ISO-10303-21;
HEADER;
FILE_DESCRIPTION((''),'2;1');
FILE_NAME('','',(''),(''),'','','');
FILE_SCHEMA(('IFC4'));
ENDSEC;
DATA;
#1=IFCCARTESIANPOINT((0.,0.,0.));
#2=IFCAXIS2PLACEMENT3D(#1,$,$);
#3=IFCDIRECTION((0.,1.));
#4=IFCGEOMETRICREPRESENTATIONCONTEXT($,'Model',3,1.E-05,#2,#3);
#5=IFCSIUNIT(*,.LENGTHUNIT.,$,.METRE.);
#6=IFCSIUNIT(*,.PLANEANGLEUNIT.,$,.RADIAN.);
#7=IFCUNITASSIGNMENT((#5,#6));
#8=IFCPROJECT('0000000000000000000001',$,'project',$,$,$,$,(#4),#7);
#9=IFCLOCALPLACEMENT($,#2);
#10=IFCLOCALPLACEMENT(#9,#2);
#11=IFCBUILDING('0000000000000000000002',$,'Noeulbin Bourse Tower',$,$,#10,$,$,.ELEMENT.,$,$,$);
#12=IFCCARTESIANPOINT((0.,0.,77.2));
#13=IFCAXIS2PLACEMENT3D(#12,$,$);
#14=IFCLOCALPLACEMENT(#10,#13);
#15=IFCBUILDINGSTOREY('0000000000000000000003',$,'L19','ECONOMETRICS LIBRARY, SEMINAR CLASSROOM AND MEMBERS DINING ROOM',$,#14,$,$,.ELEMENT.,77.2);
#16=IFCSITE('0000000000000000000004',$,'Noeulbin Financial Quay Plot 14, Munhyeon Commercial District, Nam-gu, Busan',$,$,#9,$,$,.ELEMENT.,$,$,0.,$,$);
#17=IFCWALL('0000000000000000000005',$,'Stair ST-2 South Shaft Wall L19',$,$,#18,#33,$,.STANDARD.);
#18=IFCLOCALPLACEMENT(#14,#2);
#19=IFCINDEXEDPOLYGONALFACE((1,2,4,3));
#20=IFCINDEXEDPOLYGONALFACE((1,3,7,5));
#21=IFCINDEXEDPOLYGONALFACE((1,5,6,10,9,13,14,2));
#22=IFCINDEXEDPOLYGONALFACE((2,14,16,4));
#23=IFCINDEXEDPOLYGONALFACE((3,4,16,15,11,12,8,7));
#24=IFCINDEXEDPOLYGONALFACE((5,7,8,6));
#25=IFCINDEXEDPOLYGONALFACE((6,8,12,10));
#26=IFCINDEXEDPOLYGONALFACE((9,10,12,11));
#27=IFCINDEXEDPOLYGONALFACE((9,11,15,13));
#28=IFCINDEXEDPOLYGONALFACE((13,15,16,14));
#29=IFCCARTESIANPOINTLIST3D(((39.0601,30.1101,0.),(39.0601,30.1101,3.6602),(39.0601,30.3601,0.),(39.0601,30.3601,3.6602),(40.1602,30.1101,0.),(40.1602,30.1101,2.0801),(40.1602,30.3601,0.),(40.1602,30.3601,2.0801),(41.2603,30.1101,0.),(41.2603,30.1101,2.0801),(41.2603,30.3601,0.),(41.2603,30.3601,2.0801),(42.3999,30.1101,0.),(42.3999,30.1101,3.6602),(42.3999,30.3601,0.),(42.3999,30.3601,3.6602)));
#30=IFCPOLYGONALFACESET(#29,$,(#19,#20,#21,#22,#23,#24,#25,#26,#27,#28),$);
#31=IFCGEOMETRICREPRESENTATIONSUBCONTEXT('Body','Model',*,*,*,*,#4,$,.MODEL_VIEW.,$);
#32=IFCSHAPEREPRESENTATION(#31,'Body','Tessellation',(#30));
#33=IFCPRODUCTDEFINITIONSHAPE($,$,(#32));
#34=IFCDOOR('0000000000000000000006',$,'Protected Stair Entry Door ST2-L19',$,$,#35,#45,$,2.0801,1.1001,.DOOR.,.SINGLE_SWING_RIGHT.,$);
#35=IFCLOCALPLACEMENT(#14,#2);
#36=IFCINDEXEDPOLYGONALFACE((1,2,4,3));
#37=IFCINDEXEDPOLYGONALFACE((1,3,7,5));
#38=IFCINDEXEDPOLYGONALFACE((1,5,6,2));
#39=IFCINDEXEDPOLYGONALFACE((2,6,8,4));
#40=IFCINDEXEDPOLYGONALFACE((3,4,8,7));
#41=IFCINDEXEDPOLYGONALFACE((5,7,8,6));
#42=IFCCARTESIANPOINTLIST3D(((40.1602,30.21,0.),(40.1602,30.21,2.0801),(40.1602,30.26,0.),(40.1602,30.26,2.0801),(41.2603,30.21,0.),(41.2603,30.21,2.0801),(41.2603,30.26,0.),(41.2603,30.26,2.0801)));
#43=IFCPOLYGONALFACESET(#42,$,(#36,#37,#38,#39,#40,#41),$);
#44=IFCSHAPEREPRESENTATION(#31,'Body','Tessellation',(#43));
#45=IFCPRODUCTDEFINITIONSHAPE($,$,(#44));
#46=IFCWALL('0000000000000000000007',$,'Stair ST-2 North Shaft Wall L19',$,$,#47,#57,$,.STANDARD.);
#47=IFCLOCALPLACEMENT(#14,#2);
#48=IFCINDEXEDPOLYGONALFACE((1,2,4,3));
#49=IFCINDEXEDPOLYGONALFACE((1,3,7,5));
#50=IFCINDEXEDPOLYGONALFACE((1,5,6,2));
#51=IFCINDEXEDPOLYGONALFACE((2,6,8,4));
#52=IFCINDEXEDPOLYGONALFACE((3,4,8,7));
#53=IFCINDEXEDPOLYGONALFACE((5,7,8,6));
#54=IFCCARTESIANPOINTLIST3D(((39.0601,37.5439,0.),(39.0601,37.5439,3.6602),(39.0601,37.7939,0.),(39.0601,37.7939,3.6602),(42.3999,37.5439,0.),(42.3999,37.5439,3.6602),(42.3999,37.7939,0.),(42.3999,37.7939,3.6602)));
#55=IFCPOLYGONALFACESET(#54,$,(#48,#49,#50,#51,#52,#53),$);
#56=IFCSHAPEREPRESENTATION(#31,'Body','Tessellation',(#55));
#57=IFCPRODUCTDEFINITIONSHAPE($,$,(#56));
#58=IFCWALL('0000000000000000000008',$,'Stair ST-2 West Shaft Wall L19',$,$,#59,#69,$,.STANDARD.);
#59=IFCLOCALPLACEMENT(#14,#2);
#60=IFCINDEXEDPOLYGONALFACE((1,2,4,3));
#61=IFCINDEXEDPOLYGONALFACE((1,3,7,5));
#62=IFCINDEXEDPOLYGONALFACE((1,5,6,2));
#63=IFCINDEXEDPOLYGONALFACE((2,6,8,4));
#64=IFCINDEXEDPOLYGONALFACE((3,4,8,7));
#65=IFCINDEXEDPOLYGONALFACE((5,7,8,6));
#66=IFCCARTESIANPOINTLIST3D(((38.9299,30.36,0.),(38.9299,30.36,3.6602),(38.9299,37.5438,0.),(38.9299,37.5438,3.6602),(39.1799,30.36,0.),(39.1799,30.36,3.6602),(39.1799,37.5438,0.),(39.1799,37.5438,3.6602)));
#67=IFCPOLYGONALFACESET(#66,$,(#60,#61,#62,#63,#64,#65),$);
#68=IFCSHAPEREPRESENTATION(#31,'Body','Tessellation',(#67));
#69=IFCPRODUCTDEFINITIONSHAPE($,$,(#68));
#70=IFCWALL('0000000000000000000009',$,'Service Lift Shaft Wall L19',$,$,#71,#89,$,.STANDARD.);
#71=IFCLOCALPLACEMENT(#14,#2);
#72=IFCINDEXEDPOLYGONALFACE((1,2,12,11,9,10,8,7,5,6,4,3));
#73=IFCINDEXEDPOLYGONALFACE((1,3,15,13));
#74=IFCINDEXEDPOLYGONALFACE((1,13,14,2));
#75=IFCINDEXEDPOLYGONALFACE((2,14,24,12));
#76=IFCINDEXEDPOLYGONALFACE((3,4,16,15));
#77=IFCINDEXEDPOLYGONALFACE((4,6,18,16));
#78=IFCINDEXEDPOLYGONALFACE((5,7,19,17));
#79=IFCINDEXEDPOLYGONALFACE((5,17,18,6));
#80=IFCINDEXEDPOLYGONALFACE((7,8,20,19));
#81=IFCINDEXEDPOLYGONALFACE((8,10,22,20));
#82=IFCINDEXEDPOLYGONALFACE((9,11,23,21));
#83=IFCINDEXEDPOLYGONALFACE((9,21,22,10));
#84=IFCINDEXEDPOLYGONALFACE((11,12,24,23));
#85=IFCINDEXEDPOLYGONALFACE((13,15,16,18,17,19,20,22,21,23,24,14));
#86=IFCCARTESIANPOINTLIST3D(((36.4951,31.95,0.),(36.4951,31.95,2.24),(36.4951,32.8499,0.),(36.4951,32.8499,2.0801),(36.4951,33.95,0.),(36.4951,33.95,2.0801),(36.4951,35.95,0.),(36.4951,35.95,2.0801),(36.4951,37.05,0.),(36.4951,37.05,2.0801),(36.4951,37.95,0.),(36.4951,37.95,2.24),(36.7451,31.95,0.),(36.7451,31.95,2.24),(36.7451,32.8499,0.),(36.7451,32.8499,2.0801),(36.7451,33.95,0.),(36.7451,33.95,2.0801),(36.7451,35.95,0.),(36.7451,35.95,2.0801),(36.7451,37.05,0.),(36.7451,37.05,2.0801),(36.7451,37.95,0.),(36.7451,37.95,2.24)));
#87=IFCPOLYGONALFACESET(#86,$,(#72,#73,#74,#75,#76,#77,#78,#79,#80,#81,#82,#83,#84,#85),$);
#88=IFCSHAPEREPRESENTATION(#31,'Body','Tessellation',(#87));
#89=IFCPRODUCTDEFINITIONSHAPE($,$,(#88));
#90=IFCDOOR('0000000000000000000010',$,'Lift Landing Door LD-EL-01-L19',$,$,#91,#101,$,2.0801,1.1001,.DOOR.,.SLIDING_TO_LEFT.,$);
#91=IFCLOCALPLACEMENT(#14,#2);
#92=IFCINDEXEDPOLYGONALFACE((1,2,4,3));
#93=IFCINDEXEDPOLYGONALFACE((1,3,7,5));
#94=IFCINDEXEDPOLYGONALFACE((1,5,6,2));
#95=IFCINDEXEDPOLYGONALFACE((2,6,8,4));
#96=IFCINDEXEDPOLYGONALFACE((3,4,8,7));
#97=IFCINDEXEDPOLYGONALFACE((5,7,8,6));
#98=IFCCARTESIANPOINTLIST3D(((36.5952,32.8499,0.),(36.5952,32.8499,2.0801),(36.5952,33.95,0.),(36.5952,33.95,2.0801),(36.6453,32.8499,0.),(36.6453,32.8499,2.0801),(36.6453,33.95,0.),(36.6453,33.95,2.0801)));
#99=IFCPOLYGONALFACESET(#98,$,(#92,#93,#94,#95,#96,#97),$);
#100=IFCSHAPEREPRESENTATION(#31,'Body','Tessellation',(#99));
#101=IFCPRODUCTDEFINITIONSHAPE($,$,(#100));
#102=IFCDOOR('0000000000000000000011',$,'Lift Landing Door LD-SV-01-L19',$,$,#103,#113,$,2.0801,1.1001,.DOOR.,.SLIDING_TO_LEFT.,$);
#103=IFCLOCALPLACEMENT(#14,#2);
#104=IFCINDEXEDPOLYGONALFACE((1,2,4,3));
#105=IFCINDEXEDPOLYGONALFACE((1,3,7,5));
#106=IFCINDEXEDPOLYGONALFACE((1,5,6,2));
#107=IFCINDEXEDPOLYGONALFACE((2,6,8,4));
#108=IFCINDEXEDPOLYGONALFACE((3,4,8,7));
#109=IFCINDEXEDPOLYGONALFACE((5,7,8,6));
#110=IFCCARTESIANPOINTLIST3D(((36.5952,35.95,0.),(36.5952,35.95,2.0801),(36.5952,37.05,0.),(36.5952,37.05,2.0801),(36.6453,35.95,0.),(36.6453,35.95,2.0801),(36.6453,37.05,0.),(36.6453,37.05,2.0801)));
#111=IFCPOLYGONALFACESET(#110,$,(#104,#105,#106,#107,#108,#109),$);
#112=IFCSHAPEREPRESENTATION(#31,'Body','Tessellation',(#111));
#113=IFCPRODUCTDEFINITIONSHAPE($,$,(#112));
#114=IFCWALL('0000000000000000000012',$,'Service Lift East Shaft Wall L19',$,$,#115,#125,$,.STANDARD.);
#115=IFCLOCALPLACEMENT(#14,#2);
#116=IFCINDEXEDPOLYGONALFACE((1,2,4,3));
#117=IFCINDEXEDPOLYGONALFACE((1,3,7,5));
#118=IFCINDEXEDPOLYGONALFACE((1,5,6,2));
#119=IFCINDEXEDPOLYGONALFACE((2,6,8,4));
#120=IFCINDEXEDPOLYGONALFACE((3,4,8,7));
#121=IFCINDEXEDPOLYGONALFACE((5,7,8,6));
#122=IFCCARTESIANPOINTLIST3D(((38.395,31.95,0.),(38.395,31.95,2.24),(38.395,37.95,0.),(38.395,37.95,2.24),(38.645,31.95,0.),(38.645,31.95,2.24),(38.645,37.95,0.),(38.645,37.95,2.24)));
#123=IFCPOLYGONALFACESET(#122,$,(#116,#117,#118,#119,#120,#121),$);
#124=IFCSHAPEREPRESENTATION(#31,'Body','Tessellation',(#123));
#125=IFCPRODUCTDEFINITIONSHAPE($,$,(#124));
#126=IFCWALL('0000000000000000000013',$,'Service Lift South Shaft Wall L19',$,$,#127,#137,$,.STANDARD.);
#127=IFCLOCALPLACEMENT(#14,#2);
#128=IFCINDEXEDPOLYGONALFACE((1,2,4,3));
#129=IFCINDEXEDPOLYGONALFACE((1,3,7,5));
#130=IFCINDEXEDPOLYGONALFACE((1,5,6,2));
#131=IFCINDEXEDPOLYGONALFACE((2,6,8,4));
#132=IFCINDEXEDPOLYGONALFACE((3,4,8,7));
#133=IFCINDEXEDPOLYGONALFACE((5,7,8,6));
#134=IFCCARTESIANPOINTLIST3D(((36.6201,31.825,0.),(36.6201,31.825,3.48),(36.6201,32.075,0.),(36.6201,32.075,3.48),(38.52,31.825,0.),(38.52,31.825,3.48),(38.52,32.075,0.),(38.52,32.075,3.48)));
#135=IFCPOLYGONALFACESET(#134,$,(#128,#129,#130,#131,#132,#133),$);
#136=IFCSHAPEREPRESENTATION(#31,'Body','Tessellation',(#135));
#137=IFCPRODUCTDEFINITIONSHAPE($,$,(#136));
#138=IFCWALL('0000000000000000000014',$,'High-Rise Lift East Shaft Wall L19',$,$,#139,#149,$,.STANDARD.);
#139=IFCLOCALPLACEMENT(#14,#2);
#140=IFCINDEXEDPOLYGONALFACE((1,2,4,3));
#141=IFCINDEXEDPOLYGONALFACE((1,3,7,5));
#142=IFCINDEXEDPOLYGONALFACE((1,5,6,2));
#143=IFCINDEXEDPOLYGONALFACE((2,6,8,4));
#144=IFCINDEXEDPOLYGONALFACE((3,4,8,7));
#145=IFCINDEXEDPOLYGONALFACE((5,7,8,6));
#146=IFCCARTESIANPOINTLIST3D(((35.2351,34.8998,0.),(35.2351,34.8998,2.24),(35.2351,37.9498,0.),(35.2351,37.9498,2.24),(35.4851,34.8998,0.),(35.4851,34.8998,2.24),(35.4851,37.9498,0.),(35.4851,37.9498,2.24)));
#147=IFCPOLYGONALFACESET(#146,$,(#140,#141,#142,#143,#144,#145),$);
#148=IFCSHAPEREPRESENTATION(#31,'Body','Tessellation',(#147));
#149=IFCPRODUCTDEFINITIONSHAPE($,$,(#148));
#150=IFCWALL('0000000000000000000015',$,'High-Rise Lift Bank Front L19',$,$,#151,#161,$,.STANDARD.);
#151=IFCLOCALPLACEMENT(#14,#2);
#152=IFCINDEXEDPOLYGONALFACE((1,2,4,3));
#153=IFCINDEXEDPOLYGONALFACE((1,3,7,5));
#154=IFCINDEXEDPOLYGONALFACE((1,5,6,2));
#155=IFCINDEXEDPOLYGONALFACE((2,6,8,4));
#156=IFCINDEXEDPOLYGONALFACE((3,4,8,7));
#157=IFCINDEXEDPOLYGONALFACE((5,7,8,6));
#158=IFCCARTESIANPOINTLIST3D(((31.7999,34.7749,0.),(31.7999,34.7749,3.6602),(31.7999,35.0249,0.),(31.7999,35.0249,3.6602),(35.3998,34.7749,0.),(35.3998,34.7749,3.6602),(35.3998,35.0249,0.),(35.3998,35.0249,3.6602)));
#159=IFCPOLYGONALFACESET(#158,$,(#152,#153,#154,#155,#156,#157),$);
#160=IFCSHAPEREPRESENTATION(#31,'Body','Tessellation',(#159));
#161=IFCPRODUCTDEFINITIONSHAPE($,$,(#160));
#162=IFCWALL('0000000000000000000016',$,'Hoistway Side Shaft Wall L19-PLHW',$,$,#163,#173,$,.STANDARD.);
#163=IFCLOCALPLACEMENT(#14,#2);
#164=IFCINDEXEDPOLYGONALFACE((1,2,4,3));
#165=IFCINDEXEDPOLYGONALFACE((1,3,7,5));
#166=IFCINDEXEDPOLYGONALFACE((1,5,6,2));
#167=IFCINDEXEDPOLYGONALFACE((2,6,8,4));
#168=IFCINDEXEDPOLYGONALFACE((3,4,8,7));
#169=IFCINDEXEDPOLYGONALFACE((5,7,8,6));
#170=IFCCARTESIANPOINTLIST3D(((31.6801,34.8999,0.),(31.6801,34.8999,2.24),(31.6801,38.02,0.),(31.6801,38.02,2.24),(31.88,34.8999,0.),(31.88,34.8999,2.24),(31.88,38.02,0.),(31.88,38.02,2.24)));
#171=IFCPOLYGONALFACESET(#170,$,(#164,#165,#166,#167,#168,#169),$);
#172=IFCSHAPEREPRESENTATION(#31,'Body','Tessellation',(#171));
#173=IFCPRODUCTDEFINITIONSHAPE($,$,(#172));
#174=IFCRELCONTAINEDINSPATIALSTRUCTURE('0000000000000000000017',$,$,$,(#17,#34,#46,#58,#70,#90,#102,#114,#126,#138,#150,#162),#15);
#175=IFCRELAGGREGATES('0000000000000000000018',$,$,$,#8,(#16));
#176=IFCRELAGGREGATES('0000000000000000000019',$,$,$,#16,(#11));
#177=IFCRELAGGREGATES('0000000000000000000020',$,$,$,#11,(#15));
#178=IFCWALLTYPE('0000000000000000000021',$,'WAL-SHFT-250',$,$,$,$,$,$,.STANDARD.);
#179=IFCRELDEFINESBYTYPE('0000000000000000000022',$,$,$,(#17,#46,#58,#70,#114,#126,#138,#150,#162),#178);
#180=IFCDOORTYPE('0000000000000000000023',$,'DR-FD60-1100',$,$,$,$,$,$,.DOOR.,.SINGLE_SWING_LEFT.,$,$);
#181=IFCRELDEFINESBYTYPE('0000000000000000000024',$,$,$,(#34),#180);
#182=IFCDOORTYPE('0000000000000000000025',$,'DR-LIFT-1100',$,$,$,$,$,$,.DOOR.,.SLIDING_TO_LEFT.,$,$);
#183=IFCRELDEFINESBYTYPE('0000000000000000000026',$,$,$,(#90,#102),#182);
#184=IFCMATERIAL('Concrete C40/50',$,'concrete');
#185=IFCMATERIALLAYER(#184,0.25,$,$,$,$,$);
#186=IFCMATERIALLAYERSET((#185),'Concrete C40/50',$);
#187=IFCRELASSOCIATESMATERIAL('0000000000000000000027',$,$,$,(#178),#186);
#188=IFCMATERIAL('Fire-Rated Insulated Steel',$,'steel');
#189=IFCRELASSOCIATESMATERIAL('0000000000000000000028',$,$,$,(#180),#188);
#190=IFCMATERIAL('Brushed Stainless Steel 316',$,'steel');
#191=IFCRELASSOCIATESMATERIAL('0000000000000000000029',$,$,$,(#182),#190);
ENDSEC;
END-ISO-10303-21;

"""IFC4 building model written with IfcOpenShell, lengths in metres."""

from ifc_helpers import new_model, si_unit, direction, frame, frame_2d, origin, place, context, subcontext, project, spatial, rectangle, extrude, material, layer, layer_set, type_object, element, fill, save


model = new_model("IFC4")

# Units and contexts
model_context = context("Model", 3, precision=1e-05, world=origin(), true_north=direction((0.0, 1.0)))
body_context = subcontext(model_context, "Body", "Model", "MODEL_VIEW")
ifc_project = project(units=[si_unit("LENGTHUNIT", "METRE"), si_unit("PLANEANGLEUNIT", "RADIAN")], contexts=[model_context])

# Site, building, storey
site_placement = place(None, origin())
site = spatial("IfcSite", under=ifc_project, at=site_placement, Name="Noeulbin Financial Quay Plot 14, Munhyeon Commercial District, Nam-gu, Busan", CompositionType="ELEMENT", RefElevation=0.0)
building_placement = place(site_placement, origin())
building = spatial("IfcBuilding", under=site, at=building_placement, Name="Noeulbin Bourse Tower", CompositionType="ELEMENT")
storey_placement = place(building_placement, frame((0.0, 0.0, 77.2)))
storey = spatial("IfcBuildingStorey", under=building, at=storey_placement, Name="L19", Description="ECONOMETRICS LIBRARY, SEMINAR CLASSROOM AND MEMBERS DINING ROOM", CompositionType="ELEMENT", Elevation=77.2)

# Shared definitions
ifc_material_1 = material(Name="Concrete C40/50", Category="concrete")

# Wall, opening, door
ifc_layer_1 = layer(ifc_material_1, 0.25)
ifc_layer_set_1 = layer_set([ifc_layer_1], Name="Concrete C40/50")
wall_type_1 = type_object("IfcWallType", Name="WAL-SHFT-250", PredefinedType="STANDARD", material=ifc_layer_set_1)
wall_1_placement = place(storey_placement, frame((39.0601, 30.2351, 0.0), z_axis=(0.0, 0.0, 1.0), x_axis=(1.0, 0.0, 0.0)))
wall_1 = element("IfcWall", 1, at=wall_1_placement, inside=storey, type_object=wall_type_1, Name="Stair ST-2 South Shaft Wall L19", PredefinedType="STANDARD", context=body_context, shape_type="SweptSolid", body=[
    extrude(rectangle(XDim=3.3398, YDim=0.25, at=frame_2d((1.6699, 0.0))), origin(), (0.0, 0.0, 1.0), 3.6602),
])
opening_1_placement = place(wall_1_placement, frame((1.1001, 0.0, 0.0)))
opening_1 = element("IfcOpeningElement", 2, at=opening_1_placement, cuts=wall_1, PredefinedType="OPENING", context=body_context, shape_type="SweptSolid", body=[
    extrude(rectangle(XDim=1.1001, YDim=2.0801, at=frame_2d((0.55, 1.04))), frame((0.0, 0.135, 0.0), z_axis=(0.0, -1.0, 0.0), x_axis=(1.0, 0.0, 0.0)), (0.0, 0.0, 1.0), 0.27),
])
ifc_material_2 = material(Name="Fire-Rated Insulated Steel", Category="steel")
door_type_1 = type_object("IfcDoorType", Name="DR-FD60-1100", OperationType="SINGLE_SWING_LEFT", PredefinedType="DOOR", material=ifc_material_2)
door_1_placement = place(opening_1_placement, origin())
door_1 = element("IfcDoor", 3, at=door_1_placement, inside=storey, type_object=door_type_1, Name="Protected Stair Entry Door ST2-L19", OperationType="SINGLE_SWING_RIGHT", OverallHeight=2.0801, OverallWidth=1.1001, PredefinedType="DOOR", context=body_context, shape_type="SweptSolid", body=[
    extrude(rectangle(XDim=1.1001, YDim=2.0801, at=frame_2d((0.55, 1.04))), frame((0.0, 0.0249, 0.0), z_axis=(0.0, -1.0, 0.0), x_axis=(1.0, 0.0, 0.0)), (0.0, 0.0, 1.0), 0.05),
])
fill(opening_1, door_1)

# Walls
wall_2_placement = place(storey_placement, frame((39.0601, 37.6689, 0.0), z_axis=(0.0, 0.0, 1.0), x_axis=(1.0, 0.0, 0.0)))
element("IfcWall", 4, at=wall_2_placement, inside=storey, type_object=wall_type_1, Name="Stair ST-2 North Shaft Wall L19", PredefinedType="STANDARD", context=body_context, shape_type="SweptSolid", body=[
    extrude(rectangle(XDim=3.3398, YDim=0.25, at=frame_2d((1.6699, 0.0))), origin(), (0.0, 0.0, 1.0), 3.6602),
])
wall_3_placement = place(storey_placement, frame((39.0549, 30.3601, 0.0), z_axis=(0.0, 0.0, 1.0), x_axis=(0.0, 1.0, 0.0)))
element("IfcWall", 5, at=wall_3_placement, inside=storey, type_object=wall_type_1, Name="Stair ST-2 West Shaft Wall L19", PredefinedType="STANDARD", context=body_context, shape_type="SweptSolid", body=[
    extrude(rectangle(XDim=7.1838, YDim=0.25, at=frame_2d((3.5918, 0.0))), origin(), (0.0, 0.0, 1.0), 3.6602),
])

# Wall, openings, doors
wall_4_placement = place(storey_placement, frame((36.6201, 31.95, 0.0), z_axis=(0.0, 0.0, 1.0), x_axis=(0.0, 1.0, 0.0)))
wall_4 = element("IfcWall", 6, at=wall_4_placement, inside=storey, type_object=wall_type_1, Name="Service Lift Shaft Wall L19", PredefinedType="STANDARD", context=body_context, shape_type="SweptSolid", body=[
    extrude(rectangle(XDim=6.0, YDim=0.25, at=frame_2d((3.0, 0.0))), origin(), (0.0, 0.0, 1.0), 2.24),
])
opening_2_placement = place(wall_4_placement, frame((0.8999, 0.0, 0.0)))
opening_2 = element("IfcOpeningElement", 7, at=opening_2_placement, cuts=wall_4, PredefinedType="OPENING", context=body_context, shape_type="SweptSolid", body=[
    extrude(rectangle(XDim=1.1001, YDim=2.0801, at=frame_2d((0.55, 1.04))), frame((0.0, 0.135, 0.0), z_axis=(0.0, -1.0, 0.0), x_axis=(1.0, 0.0, 0.0)), (0.0, 0.0, 1.0), 0.27),
])
opening_3_placement = place(wall_4_placement, frame((4.0, 0.0, 0.0)))
opening_3 = element("IfcOpeningElement", 8, at=opening_3_placement, cuts=wall_4, PredefinedType="OPENING", context=body_context, shape_type="SweptSolid", body=[
    extrude(rectangle(XDim=1.1001, YDim=2.0801, at=frame_2d((0.55, 1.04))), frame((0.0, 0.135, 0.0), z_axis=(0.0, -1.0, 0.0), x_axis=(1.0, 0.0, 0.0)), (0.0, 0.0, 1.0), 0.27),
])
ifc_material_3 = material(Name="Brushed Stainless Steel 316", Category="steel")
door_type_2 = type_object("IfcDoorType", Name="DR-LIFT-1100", OperationType="SLIDING_TO_LEFT", PredefinedType="DOOR", material=ifc_material_3)
door_2_placement = place(opening_2_placement, origin())
door_2 = element("IfcDoor", 9, at=door_2_placement, inside=storey, type_object=door_type_2, Name="Lift Landing Door LD-EL-01-L19", OperationType="SLIDING_TO_LEFT", OverallHeight=2.0801, OverallWidth=1.1001, PredefinedType="DOOR", context=body_context, shape_type="SweptSolid", body=[
    extrude(rectangle(XDim=1.1001, YDim=2.0801, at=frame_2d((0.55, 1.04))), frame((0.0, 0.0249, 0.0), z_axis=(0.0, -1.0, 0.0), x_axis=(1.0, 0.0, 0.0)), (0.0, 0.0, 1.0), 0.05),
])
fill(opening_2, door_2)
door_3_placement = place(opening_3_placement, origin())
door_3 = element("IfcDoor", 10, at=door_3_placement, inside=storey, type_object=door_type_2, Name="Lift Landing Door LD-SV-01-L19", OperationType="SLIDING_TO_LEFT", OverallHeight=2.0801, OverallWidth=1.1001, PredefinedType="DOOR", context=body_context, shape_type="SweptSolid", body=[
    extrude(rectangle(XDim=1.1001, YDim=2.0801, at=frame_2d((0.55, 1.04))), frame((0.0, 0.0249, 0.0), z_axis=(0.0, -1.0, 0.0), x_axis=(1.0, 0.0, 0.0)), (0.0, 0.0, 1.0), 0.05),
])
fill(opening_3, door_3)

# Walls
wall_5_placement = place(storey_placement, frame((38.52, 31.95, 0.0), z_axis=(0.0, 0.0, 1.0), x_axis=(0.0, 1.0, 0.0)))
element("IfcWall", 11, at=wall_5_placement, inside=storey, type_object=wall_type_1, Name="Service Lift East Shaft Wall L19", PredefinedType="STANDARD", context=body_context, shape_type="SweptSolid", body=[
    extrude(rectangle(XDim=6.0, YDim=0.25, at=frame_2d((3.0, 0.0))), origin(), (0.0, 0.0, 1.0), 2.24),
])
wall_6_placement = place(storey_placement, frame((36.6201, 31.95, 0.0), z_axis=(0.0, 0.0, 1.0), x_axis=(1.0, 0.0, 0.0)))
element("IfcWall", 12, at=wall_6_placement, inside=storey, type_object=wall_type_1, Name="Service Lift South Shaft Wall L19", PredefinedType="STANDARD", context=body_context, shape_type="SweptSolid", body=[
    extrude(rectangle(XDim=1.8999, YDim=0.25, at=frame_2d((0.95, 0.0))), origin(), (0.0, 0.0, 1.0), 3.48),
])
wall_7_placement = place(storey_placement, frame((35.3601, 34.8999, 0.0), z_axis=(0.0, 0.0, 1.0), x_axis=(0.0, 1.0, 0.0)))
element("IfcWall", 13, at=wall_7_placement, inside=storey, type_object=wall_type_1, Name="High-Rise Lift East Shaft Wall L19", PredefinedType="STANDARD", context=body_context, shape_type="SweptSolid", body=[
    extrude(rectangle(XDim=3.05, YDim=0.25, at=frame_2d((1.5249, 0.0))), origin(), (0.0, 0.0, 1.0), 2.24),
])
wall_8_placement = place(storey_placement, frame((31.8, 34.8999, 0.0), z_axis=(0.0, 0.0, 1.0), x_axis=(1.0, 0.0, 0.0)))
element("IfcWall", 14, at=wall_8_placement, inside=storey, type_object=wall_type_1, Name="High-Rise Lift Bank Front L19", PredefinedType="STANDARD", context=body_context, shape_type="SweptSolid", body=[
    extrude(rectangle(XDim=3.5999, YDim=0.25, at=frame_2d((1.7998, 0.0))), origin(), (0.0, 0.0, 1.0), 3.6602),
])
wall_9_placement = place(storey_placement, frame((31.78, 34.8999, 0.0), z_axis=(0.0, 0.0, 1.0), x_axis=(0.0, 1.0, 0.0)))
element("IfcWall", 15, at=wall_9_placement, inside=storey, type_object=wall_type_1, Name="Hoistway Side Shaft Wall L19-PLHW", PredefinedType="STANDARD", context=body_context, shape_type="SweptSolid", body=[
    extrude(rectangle(XDim=3.1201, YDim=0.2, at=frame_2d((1.5601, 0.0))), origin(), (0.0, 0.0, 1.0), 2.24),
])

save(model, "model.ifc")
